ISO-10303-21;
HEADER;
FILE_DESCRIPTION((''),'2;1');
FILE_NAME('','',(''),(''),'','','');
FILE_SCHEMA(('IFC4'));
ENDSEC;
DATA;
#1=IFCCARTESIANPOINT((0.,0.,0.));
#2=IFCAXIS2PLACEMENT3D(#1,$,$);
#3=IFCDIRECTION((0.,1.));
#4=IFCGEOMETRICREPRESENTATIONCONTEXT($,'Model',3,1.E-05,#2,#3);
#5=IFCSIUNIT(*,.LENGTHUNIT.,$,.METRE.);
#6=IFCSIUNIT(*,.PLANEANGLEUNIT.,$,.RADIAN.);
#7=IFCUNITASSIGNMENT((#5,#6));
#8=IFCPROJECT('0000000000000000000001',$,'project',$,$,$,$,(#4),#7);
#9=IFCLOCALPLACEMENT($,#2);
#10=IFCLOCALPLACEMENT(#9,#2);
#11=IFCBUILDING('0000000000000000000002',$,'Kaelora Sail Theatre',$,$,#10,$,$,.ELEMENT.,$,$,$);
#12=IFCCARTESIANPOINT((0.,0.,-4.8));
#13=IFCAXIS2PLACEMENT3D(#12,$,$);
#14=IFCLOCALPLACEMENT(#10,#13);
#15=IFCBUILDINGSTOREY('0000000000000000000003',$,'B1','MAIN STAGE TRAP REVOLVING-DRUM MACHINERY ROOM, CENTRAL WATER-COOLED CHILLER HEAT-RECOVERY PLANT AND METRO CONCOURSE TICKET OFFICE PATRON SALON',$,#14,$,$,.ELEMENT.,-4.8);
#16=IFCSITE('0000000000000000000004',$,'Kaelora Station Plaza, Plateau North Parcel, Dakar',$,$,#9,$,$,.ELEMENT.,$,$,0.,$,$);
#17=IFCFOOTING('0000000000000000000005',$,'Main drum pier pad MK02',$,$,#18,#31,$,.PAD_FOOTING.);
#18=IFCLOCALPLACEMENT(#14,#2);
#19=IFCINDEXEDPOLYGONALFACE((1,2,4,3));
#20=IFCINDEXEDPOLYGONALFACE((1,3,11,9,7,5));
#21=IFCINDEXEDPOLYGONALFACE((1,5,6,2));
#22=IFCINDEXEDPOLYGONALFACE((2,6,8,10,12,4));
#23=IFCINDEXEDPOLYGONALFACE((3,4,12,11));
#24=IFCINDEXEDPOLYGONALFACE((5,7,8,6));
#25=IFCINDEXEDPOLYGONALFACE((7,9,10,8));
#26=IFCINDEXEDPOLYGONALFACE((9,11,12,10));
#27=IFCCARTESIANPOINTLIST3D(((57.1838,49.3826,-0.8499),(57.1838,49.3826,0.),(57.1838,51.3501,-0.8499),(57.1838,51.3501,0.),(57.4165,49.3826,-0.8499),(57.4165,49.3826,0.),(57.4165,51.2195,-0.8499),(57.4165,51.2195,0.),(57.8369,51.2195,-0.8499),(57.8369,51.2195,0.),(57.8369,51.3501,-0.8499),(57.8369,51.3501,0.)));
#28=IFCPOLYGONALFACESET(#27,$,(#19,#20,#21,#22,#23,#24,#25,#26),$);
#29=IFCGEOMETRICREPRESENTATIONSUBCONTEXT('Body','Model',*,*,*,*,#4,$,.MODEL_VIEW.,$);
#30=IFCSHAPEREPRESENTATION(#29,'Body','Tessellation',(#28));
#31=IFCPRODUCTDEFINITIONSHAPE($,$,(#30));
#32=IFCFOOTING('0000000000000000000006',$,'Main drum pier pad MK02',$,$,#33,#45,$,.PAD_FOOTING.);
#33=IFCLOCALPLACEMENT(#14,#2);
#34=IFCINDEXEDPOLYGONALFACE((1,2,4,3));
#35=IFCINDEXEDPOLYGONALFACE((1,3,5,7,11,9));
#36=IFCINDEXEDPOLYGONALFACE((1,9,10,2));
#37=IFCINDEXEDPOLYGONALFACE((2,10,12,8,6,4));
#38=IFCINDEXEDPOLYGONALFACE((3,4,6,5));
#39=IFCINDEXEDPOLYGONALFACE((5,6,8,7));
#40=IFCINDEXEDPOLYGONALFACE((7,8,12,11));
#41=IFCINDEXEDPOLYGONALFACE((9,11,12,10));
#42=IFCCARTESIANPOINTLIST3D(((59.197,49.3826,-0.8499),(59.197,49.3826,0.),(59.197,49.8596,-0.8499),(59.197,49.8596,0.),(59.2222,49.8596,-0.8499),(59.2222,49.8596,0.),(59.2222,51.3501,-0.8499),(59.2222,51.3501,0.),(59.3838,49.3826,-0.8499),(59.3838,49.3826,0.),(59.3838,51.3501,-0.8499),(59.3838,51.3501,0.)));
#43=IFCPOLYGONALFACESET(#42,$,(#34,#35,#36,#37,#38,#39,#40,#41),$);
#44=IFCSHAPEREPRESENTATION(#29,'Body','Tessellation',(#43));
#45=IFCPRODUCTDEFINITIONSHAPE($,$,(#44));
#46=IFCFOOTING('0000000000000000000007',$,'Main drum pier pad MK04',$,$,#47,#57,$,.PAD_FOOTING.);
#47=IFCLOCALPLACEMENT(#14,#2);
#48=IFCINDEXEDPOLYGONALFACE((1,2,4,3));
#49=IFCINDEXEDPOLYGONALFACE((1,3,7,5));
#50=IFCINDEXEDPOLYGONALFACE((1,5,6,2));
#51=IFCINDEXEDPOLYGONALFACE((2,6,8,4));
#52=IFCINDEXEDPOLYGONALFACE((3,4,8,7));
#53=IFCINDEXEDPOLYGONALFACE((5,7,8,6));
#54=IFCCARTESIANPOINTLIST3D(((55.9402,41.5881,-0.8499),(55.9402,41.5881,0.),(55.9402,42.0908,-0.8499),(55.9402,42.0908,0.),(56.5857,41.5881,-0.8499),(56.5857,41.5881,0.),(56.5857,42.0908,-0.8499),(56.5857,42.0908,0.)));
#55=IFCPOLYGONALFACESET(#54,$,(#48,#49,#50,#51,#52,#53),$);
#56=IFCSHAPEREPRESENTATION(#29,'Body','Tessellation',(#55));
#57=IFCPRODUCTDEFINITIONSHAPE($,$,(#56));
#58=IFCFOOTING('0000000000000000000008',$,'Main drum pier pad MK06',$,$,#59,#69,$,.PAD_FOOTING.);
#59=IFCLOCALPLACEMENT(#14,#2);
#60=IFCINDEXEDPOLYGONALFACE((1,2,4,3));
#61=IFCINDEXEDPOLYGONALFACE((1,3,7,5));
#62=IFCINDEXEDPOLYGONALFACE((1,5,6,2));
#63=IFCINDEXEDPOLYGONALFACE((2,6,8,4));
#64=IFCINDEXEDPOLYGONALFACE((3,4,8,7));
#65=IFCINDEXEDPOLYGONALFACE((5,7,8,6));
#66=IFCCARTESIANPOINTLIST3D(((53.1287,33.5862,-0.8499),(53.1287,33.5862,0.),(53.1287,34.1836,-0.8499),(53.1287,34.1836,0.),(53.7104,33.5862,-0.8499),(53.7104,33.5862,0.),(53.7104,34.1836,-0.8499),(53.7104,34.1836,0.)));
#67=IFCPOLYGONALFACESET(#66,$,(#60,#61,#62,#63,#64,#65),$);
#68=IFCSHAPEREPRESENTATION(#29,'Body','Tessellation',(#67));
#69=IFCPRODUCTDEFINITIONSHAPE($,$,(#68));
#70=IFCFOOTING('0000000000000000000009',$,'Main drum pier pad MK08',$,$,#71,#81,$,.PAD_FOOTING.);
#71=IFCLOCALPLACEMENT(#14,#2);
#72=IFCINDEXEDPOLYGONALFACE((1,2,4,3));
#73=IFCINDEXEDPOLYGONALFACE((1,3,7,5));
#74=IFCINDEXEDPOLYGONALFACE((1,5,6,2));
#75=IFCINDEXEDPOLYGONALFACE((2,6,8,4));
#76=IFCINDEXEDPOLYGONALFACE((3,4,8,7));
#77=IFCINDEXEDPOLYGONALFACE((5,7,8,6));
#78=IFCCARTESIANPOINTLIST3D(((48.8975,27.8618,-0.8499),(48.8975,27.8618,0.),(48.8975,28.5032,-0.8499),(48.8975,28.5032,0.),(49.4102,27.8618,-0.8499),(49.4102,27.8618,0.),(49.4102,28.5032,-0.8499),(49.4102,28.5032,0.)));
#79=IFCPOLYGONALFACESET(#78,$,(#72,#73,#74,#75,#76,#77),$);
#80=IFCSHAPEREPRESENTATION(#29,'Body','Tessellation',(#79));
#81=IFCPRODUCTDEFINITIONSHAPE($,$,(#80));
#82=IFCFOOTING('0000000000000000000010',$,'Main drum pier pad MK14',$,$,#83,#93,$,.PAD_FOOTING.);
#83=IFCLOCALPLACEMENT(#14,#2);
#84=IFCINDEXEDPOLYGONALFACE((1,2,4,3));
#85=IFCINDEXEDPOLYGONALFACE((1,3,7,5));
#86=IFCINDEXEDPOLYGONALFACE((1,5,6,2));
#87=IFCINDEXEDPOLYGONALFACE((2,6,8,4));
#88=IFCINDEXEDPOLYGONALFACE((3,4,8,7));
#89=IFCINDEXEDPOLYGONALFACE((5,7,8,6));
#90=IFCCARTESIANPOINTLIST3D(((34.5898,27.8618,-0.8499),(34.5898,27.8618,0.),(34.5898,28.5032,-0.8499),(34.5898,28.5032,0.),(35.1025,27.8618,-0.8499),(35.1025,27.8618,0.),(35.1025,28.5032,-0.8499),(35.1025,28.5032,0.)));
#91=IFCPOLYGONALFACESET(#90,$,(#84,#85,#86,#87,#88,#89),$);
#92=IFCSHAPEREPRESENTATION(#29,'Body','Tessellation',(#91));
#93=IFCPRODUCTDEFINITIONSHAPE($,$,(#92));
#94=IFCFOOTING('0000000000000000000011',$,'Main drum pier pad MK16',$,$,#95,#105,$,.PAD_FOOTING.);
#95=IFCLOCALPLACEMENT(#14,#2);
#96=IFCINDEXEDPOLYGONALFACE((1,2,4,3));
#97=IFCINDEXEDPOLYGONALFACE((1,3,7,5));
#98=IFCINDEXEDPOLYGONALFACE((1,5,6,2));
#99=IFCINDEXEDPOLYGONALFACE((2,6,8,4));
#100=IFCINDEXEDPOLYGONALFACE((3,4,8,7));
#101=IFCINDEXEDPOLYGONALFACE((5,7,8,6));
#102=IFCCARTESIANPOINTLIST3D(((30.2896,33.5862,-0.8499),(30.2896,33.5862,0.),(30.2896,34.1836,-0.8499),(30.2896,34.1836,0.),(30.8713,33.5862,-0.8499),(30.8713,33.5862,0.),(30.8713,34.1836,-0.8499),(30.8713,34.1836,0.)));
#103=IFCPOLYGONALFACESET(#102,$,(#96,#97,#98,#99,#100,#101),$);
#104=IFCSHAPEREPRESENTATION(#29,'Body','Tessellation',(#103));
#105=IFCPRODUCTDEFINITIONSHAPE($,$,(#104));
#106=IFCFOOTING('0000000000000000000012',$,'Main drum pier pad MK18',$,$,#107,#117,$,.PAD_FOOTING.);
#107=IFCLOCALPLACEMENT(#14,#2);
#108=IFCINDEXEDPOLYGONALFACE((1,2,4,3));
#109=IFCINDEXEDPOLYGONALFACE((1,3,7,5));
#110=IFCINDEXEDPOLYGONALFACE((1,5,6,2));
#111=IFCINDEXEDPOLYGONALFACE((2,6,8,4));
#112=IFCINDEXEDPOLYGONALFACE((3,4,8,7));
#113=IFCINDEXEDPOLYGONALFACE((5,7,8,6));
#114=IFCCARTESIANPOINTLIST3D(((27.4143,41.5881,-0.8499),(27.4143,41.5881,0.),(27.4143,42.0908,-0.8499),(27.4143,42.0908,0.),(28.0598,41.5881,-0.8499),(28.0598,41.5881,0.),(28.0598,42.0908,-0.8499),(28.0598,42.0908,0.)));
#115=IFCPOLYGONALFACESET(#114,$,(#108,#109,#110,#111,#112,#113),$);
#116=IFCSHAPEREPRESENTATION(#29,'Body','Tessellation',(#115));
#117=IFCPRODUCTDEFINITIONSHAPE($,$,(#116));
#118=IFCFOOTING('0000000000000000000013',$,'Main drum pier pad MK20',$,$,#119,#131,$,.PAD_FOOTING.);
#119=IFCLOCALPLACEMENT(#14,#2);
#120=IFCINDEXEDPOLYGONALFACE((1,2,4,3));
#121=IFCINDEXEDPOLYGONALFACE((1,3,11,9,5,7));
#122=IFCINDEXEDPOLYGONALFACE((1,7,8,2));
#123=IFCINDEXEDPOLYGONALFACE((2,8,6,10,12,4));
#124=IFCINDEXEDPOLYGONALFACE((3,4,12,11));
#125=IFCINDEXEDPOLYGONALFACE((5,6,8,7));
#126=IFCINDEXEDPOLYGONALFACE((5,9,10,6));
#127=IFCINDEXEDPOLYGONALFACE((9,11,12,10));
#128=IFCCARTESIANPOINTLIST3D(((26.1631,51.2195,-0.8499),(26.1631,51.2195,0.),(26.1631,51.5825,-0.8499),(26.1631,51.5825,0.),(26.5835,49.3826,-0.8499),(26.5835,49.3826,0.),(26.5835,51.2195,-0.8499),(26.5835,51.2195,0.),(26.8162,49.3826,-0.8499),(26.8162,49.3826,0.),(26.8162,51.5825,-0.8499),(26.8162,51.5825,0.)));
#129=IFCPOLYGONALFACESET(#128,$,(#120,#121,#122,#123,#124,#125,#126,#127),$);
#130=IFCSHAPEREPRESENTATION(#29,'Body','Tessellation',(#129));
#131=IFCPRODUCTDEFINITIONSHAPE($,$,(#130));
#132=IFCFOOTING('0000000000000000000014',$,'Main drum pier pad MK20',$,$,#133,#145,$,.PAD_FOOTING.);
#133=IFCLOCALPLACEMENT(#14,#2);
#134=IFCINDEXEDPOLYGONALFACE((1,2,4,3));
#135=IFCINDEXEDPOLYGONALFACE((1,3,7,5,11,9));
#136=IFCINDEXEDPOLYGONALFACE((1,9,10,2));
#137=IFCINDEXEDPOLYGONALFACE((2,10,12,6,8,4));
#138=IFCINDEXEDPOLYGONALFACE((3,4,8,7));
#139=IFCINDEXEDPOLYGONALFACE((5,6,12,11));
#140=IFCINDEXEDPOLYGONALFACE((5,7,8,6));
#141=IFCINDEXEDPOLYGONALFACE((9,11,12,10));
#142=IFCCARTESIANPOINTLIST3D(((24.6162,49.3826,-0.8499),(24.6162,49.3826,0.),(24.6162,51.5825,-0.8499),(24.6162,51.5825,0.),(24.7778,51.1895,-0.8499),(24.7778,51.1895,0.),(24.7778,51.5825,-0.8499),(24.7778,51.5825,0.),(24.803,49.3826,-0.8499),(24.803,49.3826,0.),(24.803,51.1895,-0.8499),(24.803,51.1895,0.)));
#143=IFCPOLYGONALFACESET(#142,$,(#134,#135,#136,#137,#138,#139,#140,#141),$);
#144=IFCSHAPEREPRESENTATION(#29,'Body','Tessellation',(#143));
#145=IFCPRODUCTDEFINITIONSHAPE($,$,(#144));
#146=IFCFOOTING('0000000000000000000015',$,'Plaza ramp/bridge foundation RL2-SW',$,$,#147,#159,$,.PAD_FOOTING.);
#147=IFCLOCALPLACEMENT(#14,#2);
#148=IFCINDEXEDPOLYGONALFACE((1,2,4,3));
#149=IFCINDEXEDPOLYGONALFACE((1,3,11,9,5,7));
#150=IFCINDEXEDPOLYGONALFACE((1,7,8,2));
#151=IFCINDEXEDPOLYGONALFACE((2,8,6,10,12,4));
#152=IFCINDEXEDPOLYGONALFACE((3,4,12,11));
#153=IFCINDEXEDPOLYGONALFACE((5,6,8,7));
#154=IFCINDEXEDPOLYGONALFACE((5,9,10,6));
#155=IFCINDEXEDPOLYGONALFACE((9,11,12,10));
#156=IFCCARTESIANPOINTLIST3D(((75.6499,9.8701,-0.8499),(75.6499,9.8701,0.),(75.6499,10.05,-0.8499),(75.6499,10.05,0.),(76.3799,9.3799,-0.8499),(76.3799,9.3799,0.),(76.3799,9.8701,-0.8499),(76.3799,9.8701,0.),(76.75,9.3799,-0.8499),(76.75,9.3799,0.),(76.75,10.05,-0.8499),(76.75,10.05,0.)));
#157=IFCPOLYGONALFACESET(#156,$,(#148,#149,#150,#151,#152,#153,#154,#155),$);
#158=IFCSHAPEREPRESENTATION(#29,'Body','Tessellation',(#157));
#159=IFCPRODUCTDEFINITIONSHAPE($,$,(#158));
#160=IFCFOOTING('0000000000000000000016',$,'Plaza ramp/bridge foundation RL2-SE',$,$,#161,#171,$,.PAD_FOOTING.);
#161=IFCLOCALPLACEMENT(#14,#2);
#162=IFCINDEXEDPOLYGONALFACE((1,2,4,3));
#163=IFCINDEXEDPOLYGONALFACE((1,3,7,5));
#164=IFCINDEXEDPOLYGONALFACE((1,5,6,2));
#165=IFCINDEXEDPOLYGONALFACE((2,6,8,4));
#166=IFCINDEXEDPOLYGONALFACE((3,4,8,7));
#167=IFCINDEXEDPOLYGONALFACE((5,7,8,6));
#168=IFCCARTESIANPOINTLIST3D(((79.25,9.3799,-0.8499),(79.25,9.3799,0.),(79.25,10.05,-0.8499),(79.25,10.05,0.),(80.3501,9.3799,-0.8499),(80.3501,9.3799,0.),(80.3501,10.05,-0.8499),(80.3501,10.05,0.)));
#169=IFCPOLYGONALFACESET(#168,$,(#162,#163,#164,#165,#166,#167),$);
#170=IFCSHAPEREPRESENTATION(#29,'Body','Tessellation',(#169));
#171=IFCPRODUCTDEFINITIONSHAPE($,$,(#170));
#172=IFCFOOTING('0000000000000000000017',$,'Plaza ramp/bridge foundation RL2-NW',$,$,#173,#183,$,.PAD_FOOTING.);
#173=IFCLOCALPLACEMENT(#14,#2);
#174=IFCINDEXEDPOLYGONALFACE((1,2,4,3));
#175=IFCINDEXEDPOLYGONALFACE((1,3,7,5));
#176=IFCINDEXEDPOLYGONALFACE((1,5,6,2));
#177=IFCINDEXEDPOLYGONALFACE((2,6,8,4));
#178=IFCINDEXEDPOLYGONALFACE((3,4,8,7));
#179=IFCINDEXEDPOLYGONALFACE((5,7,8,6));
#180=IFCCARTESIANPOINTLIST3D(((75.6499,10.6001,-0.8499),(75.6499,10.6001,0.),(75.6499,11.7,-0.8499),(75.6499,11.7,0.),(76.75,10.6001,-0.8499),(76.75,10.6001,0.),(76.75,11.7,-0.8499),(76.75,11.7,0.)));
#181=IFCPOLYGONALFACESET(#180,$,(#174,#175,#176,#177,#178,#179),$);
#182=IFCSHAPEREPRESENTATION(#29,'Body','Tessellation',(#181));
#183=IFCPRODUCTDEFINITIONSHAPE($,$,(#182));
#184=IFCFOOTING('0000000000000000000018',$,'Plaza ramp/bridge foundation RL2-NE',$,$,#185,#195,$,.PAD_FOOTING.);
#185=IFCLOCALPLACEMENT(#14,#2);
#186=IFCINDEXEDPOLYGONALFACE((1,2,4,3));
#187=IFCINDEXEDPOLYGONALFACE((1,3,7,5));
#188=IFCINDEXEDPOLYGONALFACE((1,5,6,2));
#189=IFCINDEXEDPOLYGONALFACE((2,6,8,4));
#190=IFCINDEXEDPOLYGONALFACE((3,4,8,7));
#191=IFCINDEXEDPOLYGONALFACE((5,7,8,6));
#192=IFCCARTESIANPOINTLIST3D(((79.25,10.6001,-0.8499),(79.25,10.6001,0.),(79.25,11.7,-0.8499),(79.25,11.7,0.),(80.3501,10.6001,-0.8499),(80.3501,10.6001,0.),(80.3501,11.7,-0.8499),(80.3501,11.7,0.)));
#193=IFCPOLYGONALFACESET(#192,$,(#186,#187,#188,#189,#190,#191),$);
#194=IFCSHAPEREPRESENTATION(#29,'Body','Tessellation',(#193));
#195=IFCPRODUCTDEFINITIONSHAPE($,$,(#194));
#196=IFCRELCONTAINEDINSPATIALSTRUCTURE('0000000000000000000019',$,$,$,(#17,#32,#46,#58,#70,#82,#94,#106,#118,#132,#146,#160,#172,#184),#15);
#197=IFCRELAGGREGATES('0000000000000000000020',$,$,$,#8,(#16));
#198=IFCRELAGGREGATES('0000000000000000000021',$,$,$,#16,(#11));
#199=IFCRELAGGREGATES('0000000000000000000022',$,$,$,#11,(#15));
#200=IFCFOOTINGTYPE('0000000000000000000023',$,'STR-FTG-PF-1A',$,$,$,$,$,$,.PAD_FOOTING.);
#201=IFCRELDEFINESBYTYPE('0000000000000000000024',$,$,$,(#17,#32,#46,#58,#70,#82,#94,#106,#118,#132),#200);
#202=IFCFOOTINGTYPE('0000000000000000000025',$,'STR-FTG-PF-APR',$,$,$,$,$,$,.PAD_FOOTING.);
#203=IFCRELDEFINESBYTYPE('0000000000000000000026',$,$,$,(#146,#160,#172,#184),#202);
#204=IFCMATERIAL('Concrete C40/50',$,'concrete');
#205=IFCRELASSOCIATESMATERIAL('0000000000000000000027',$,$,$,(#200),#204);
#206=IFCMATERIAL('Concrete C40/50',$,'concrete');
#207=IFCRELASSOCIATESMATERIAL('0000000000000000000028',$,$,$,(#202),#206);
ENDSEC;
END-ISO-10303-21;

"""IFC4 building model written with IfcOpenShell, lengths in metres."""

from ifc_helpers import new_model, si_unit, direction, frame, origin, place, context, subcontext, project, spatial, polyline, outline, extrude, material, type_object, element, save


model = new_model("IFC4")

# Units and contexts
model_context = context("Model", 3, precision=1e-05, world=origin(), true_north=direction((0.0, 1.0)))
body_context = subcontext(model_context, "Body", "Model", "MODEL_VIEW")
ifc_project = project(units=[si_unit("LENGTHUNIT", "METRE"), si_unit("PLANEANGLEUNIT", "RADIAN")], contexts=[model_context])

# Site, building, storey
site_placement = place(None, origin())
site = spatial("IfcSite", under=ifc_project, at=site_placement, Name="Kaelora Station Plaza, Plateau North Parcel, Dakar", CompositionType="ELEMENT", RefElevation=0.0)
building_placement = place(site_placement, origin())
building = spatial("IfcBuilding", under=site, at=building_placement, Name="Kaelora Sail Theatre", CompositionType="ELEMENT")
storey_placement = place(building_placement, frame((0.0, 0.0, -4.8)))
storey = spatial("IfcBuildingStorey", under=building, at=storey_placement, Name="B1", Description="MAIN STAGE TRAP REVOLVING-DRUM MACHINERY ROOM, CENTRAL WATER-COOLED CHILLER HEAT-RECOVERY PLANT AND METRO CONCOURSE TICKET OFFICE PATRON SALON", CompositionType="ELEMENT", Elevation=-4.8)

# Footings
ifc_material_1 = material(Name="Concrete C40/50", Category="concrete")
footing_type_1 = type_object("IfcFootingType", Name="STR-FTG-PF-1A", PredefinedType="PAD_FOOTING", material=ifc_material_1)
footing_1_placement = place(storey_placement, frame((0.0, 0.0, -0.8499)))
element("IfcFooting", 1, at=footing_1_placement, inside=storey, type_object=footing_type_1, Name="Main drum pier pad MK02", PredefinedType="PAD_FOOTING", context=body_context, shape_type="SweptSolid", body=[
    extrude(outline(polyline([(57.1838, 49.3826), (57.1838, 51.3501), (57.8369, 51.3501), (57.8369, 51.2195), (57.4165, 51.2195), (57.4165, 49.3826), (57.1838, 49.3826)])), origin(), (0.0, 0.0, 1.0), 0.8499),
])
footing_2_placement = place(storey_placement, frame((0.0, 0.0, -0.8499)))
element("IfcFooting", 2, at=footing_2_placement, inside=storey, type_object=footing_type_1, Name="Main drum pier pad MK02", PredefinedType="PAD_FOOTING", context=body_context, shape_type="SweptSolid", body=[
    extrude(outline(polyline([(59.3838, 49.3826), (59.197, 49.3826), (59.197, 49.8596), (59.2222, 49.8596), (59.2222, 51.3501), (59.3838, 51.3501), (59.3838, 49.3826)])), origin(), (0.0, 0.0, 1.0), 0.8499),
])
footing_3_placement = place(storey_placement, frame((0.0, 0.0, -0.8499)))
element("IfcFooting", 3, at=footing_3_placement, inside=storey, type_object=footing_type_1, Name="Main drum pier pad MK04", PredefinedType="PAD_FOOTING", context=body_context, shape_type="SweptSolid", body=[
    extrude(outline(polyline([(55.9402, 41.5881), (55.9402, 42.0908), (56.5857, 42.0908), (56.5857, 41.5881), (55.9402, 41.5881)])), origin(), (0.0, 0.0, 1.0), 0.8499),
])
footing_4_placement = place(storey_placement, frame((0.0, 0.0, -0.8499)))
element("IfcFooting", 4, at=footing_4_placement, inside=storey, type_object=footing_type_1, Name="Main drum pier pad MK06", PredefinedType="PAD_FOOTING", context=body_context, shape_type="SweptSolid", body=[
    extrude(outline(polyline([(53.1287, 34.1836), (53.7104, 34.1836), (53.7104, 33.5862), (53.1287, 33.5862), (53.1287, 34.1836)])), origin(), (0.0, 0.0, 1.0), 0.8499),
])
footing_5_placement = place(storey_placement, frame((0.0, 0.0, -0.8499)))
element("IfcFooting", 5, at=footing_5_placement, inside=storey, type_object=footing_type_1, Name="Main drum pier pad MK08", PredefinedType="PAD_FOOTING", context=body_context, shape_type="SweptSolid", body=[
    extrude(outline(polyline([(49.4102, 28.5032), (49.4102, 27.8618), (48.8975, 27.8618), (48.8975, 28.5032), (49.4102, 28.5032)])), origin(), (0.0, 0.0, 1.0), 0.8499),
])
footing_6_placement = place(storey_placement, frame((0.0, 0.0, -0.8499)))
element("IfcFooting", 6, at=footing_6_placement, inside=storey, type_object=footing_type_1, Name="Main drum pier pad MK14", PredefinedType="PAD_FOOTING", context=body_context, shape_type="SweptSolid", body=[
    extrude(outline(polyline([(35.1025, 27.8618), (34.5898, 27.8618), (34.5898, 28.5032), (35.1025, 28.5032), (35.1025, 27.8618)])), origin(), (0.0, 0.0, 1.0), 0.8499),
])
footing_7_placement = place(storey_placement, frame((0.0, 0.0, -0.8499)))
element("IfcFooting", 7, at=footing_7_placement, inside=storey, type_object=footing_type_1, Name="Main drum pier pad MK16", PredefinedType="PAD_FOOTING", context=body_context, shape_type="SweptSolid", body=[
    extrude(outline(polyline([(30.2896, 34.1836), (30.8713, 34.1836), (30.8713, 33.5862), (30.2896, 33.5862), (30.2896, 34.1836)])), origin(), (0.0, 0.0, 1.0), 0.8499),
])
footing_8_placement = place(storey_placement, frame((0.0, 0.0, -0.8499)))
element("IfcFooting", 8, at=footing_8_placement, inside=storey, type_object=footing_type_1, Name="Main drum pier pad MK18", PredefinedType="PAD_FOOTING", context=body_context, shape_type="SweptSolid", body=[
    extrude(outline(polyline([(27.4143, 42.0908), (28.0598, 42.0908), (28.0598, 41.5881), (27.4143, 41.5881), (27.4143, 42.0908)])), origin(), (0.0, 0.0, 1.0), 0.8499),
])
footing_9_placement = place(storey_placement, frame((0.0, 0.0, -0.8499)))
element("IfcFooting", 9, at=footing_9_placement, inside=storey, type_object=footing_type_1, Name="Main drum pier pad MK20", PredefinedType="PAD_FOOTING", context=body_context, shape_type="SweptSolid", body=[
    extrude(outline(polyline([(26.5835, 49.3826), (26.5835, 51.2195), (26.1631, 51.2195), (26.1631, 51.5825), (26.8162, 51.5825), (26.8162, 49.3826), (26.5835, 49.3826)])), origin(), (0.0, 0.0, 1.0), 0.8499),
])
footing_10_placement = place(storey_placement, frame((0.0, 0.0, -0.8499)))
element("IfcFooting", 10, at=footing_10_placement, inside=storey, type_object=footing_type_1, Name="Main drum pier pad MK20", PredefinedType="PAD_FOOTING", context=body_context, shape_type="SweptSolid", body=[
    extrude(outline(polyline([(24.803, 51.1895), (24.803, 49.3826), (24.6162, 49.3826), (24.6162, 51.5825), (24.7778, 51.5825), (24.7778, 51.1895), (24.803, 51.1895)])), origin(), (0.0, 0.0, 1.0), 0.8499),
])
ifc_material_2 = material(Name="Concrete C40/50", Category="concrete")
footing_type_2 = type_object("IfcFootingType", Name="STR-FTG-PF-APR", PredefinedType="PAD_FOOTING", material=ifc_material_2)
footing_11_placement = place(storey_placement, frame((0.0, 0.0, -0.8499)))
element("IfcFooting", 11, at=footing_11_placement, inside=storey, type_object=footing_type_2, Name="Plaza ramp/bridge foundation RL2-SW", PredefinedType="PAD_FOOTING", context=body_context, shape_type="SweptSolid", body=[
    extrude(outline(polyline([(75.6499, 9.8701), (75.6499, 10.05), (76.75, 10.05), (76.75, 9.3799), (76.3799, 9.3799), (76.3799, 9.8701), (75.6499, 9.8701)])), origin(), (0.0, 0.0, 1.0), 0.8499),
])
footing_12_placement = place(storey_placement, frame((0.0, 0.0, -0.8499)))
element("IfcFooting", 12, at=footing_12_placement, inside=storey, type_object=footing_type_2, Name="Plaza ramp/bridge foundation RL2-SE", PredefinedType="PAD_FOOTING", context=body_context, shape_type="SweptSolid", body=[
    extrude(outline(polyline([(80.3501, 9.3799), (79.25, 9.3799), (79.25, 10.05), (80.3501, 10.05), (80.3501, 9.3799)])), origin(), (0.0, 0.0, 1.0), 0.8499),
])
footing_13_placement = place(storey_placement, frame((0.0, 0.0, -0.8499)))
element("IfcFooting", 13, at=footing_13_placement, inside=storey, type_object=footing_type_2, Name="Plaza ramp/bridge foundation RL2-NW", PredefinedType="PAD_FOOTING", context=body_context, shape_type="SweptSolid", body=[
    extrude(outline(polyline([(75.6499, 10.6001), (75.6499, 11.7), (76.75, 11.7), (76.75, 10.6001), (75.6499, 10.6001)])), origin(), (0.0, 0.0, 1.0), 0.8499),
])
footing_14_placement = place(storey_placement, frame((0.0, 0.0, -0.8499)))
element("IfcFooting", 14, at=footing_14_placement, inside=storey, type_object=footing_type_2, Name="Plaza ramp/bridge foundation RL2-NE", PredefinedType="PAD_FOOTING", context=body_context, shape_type="SweptSolid", body=[
    extrude(outline(polyline([(79.25, 11.7), (80.3501, 11.7), (80.3501, 10.6001), (79.25, 10.6001), (79.25, 11.7)])), origin(), (0.0, 0.0, 1.0), 0.8499),
])

save(model, "model.ifc")
